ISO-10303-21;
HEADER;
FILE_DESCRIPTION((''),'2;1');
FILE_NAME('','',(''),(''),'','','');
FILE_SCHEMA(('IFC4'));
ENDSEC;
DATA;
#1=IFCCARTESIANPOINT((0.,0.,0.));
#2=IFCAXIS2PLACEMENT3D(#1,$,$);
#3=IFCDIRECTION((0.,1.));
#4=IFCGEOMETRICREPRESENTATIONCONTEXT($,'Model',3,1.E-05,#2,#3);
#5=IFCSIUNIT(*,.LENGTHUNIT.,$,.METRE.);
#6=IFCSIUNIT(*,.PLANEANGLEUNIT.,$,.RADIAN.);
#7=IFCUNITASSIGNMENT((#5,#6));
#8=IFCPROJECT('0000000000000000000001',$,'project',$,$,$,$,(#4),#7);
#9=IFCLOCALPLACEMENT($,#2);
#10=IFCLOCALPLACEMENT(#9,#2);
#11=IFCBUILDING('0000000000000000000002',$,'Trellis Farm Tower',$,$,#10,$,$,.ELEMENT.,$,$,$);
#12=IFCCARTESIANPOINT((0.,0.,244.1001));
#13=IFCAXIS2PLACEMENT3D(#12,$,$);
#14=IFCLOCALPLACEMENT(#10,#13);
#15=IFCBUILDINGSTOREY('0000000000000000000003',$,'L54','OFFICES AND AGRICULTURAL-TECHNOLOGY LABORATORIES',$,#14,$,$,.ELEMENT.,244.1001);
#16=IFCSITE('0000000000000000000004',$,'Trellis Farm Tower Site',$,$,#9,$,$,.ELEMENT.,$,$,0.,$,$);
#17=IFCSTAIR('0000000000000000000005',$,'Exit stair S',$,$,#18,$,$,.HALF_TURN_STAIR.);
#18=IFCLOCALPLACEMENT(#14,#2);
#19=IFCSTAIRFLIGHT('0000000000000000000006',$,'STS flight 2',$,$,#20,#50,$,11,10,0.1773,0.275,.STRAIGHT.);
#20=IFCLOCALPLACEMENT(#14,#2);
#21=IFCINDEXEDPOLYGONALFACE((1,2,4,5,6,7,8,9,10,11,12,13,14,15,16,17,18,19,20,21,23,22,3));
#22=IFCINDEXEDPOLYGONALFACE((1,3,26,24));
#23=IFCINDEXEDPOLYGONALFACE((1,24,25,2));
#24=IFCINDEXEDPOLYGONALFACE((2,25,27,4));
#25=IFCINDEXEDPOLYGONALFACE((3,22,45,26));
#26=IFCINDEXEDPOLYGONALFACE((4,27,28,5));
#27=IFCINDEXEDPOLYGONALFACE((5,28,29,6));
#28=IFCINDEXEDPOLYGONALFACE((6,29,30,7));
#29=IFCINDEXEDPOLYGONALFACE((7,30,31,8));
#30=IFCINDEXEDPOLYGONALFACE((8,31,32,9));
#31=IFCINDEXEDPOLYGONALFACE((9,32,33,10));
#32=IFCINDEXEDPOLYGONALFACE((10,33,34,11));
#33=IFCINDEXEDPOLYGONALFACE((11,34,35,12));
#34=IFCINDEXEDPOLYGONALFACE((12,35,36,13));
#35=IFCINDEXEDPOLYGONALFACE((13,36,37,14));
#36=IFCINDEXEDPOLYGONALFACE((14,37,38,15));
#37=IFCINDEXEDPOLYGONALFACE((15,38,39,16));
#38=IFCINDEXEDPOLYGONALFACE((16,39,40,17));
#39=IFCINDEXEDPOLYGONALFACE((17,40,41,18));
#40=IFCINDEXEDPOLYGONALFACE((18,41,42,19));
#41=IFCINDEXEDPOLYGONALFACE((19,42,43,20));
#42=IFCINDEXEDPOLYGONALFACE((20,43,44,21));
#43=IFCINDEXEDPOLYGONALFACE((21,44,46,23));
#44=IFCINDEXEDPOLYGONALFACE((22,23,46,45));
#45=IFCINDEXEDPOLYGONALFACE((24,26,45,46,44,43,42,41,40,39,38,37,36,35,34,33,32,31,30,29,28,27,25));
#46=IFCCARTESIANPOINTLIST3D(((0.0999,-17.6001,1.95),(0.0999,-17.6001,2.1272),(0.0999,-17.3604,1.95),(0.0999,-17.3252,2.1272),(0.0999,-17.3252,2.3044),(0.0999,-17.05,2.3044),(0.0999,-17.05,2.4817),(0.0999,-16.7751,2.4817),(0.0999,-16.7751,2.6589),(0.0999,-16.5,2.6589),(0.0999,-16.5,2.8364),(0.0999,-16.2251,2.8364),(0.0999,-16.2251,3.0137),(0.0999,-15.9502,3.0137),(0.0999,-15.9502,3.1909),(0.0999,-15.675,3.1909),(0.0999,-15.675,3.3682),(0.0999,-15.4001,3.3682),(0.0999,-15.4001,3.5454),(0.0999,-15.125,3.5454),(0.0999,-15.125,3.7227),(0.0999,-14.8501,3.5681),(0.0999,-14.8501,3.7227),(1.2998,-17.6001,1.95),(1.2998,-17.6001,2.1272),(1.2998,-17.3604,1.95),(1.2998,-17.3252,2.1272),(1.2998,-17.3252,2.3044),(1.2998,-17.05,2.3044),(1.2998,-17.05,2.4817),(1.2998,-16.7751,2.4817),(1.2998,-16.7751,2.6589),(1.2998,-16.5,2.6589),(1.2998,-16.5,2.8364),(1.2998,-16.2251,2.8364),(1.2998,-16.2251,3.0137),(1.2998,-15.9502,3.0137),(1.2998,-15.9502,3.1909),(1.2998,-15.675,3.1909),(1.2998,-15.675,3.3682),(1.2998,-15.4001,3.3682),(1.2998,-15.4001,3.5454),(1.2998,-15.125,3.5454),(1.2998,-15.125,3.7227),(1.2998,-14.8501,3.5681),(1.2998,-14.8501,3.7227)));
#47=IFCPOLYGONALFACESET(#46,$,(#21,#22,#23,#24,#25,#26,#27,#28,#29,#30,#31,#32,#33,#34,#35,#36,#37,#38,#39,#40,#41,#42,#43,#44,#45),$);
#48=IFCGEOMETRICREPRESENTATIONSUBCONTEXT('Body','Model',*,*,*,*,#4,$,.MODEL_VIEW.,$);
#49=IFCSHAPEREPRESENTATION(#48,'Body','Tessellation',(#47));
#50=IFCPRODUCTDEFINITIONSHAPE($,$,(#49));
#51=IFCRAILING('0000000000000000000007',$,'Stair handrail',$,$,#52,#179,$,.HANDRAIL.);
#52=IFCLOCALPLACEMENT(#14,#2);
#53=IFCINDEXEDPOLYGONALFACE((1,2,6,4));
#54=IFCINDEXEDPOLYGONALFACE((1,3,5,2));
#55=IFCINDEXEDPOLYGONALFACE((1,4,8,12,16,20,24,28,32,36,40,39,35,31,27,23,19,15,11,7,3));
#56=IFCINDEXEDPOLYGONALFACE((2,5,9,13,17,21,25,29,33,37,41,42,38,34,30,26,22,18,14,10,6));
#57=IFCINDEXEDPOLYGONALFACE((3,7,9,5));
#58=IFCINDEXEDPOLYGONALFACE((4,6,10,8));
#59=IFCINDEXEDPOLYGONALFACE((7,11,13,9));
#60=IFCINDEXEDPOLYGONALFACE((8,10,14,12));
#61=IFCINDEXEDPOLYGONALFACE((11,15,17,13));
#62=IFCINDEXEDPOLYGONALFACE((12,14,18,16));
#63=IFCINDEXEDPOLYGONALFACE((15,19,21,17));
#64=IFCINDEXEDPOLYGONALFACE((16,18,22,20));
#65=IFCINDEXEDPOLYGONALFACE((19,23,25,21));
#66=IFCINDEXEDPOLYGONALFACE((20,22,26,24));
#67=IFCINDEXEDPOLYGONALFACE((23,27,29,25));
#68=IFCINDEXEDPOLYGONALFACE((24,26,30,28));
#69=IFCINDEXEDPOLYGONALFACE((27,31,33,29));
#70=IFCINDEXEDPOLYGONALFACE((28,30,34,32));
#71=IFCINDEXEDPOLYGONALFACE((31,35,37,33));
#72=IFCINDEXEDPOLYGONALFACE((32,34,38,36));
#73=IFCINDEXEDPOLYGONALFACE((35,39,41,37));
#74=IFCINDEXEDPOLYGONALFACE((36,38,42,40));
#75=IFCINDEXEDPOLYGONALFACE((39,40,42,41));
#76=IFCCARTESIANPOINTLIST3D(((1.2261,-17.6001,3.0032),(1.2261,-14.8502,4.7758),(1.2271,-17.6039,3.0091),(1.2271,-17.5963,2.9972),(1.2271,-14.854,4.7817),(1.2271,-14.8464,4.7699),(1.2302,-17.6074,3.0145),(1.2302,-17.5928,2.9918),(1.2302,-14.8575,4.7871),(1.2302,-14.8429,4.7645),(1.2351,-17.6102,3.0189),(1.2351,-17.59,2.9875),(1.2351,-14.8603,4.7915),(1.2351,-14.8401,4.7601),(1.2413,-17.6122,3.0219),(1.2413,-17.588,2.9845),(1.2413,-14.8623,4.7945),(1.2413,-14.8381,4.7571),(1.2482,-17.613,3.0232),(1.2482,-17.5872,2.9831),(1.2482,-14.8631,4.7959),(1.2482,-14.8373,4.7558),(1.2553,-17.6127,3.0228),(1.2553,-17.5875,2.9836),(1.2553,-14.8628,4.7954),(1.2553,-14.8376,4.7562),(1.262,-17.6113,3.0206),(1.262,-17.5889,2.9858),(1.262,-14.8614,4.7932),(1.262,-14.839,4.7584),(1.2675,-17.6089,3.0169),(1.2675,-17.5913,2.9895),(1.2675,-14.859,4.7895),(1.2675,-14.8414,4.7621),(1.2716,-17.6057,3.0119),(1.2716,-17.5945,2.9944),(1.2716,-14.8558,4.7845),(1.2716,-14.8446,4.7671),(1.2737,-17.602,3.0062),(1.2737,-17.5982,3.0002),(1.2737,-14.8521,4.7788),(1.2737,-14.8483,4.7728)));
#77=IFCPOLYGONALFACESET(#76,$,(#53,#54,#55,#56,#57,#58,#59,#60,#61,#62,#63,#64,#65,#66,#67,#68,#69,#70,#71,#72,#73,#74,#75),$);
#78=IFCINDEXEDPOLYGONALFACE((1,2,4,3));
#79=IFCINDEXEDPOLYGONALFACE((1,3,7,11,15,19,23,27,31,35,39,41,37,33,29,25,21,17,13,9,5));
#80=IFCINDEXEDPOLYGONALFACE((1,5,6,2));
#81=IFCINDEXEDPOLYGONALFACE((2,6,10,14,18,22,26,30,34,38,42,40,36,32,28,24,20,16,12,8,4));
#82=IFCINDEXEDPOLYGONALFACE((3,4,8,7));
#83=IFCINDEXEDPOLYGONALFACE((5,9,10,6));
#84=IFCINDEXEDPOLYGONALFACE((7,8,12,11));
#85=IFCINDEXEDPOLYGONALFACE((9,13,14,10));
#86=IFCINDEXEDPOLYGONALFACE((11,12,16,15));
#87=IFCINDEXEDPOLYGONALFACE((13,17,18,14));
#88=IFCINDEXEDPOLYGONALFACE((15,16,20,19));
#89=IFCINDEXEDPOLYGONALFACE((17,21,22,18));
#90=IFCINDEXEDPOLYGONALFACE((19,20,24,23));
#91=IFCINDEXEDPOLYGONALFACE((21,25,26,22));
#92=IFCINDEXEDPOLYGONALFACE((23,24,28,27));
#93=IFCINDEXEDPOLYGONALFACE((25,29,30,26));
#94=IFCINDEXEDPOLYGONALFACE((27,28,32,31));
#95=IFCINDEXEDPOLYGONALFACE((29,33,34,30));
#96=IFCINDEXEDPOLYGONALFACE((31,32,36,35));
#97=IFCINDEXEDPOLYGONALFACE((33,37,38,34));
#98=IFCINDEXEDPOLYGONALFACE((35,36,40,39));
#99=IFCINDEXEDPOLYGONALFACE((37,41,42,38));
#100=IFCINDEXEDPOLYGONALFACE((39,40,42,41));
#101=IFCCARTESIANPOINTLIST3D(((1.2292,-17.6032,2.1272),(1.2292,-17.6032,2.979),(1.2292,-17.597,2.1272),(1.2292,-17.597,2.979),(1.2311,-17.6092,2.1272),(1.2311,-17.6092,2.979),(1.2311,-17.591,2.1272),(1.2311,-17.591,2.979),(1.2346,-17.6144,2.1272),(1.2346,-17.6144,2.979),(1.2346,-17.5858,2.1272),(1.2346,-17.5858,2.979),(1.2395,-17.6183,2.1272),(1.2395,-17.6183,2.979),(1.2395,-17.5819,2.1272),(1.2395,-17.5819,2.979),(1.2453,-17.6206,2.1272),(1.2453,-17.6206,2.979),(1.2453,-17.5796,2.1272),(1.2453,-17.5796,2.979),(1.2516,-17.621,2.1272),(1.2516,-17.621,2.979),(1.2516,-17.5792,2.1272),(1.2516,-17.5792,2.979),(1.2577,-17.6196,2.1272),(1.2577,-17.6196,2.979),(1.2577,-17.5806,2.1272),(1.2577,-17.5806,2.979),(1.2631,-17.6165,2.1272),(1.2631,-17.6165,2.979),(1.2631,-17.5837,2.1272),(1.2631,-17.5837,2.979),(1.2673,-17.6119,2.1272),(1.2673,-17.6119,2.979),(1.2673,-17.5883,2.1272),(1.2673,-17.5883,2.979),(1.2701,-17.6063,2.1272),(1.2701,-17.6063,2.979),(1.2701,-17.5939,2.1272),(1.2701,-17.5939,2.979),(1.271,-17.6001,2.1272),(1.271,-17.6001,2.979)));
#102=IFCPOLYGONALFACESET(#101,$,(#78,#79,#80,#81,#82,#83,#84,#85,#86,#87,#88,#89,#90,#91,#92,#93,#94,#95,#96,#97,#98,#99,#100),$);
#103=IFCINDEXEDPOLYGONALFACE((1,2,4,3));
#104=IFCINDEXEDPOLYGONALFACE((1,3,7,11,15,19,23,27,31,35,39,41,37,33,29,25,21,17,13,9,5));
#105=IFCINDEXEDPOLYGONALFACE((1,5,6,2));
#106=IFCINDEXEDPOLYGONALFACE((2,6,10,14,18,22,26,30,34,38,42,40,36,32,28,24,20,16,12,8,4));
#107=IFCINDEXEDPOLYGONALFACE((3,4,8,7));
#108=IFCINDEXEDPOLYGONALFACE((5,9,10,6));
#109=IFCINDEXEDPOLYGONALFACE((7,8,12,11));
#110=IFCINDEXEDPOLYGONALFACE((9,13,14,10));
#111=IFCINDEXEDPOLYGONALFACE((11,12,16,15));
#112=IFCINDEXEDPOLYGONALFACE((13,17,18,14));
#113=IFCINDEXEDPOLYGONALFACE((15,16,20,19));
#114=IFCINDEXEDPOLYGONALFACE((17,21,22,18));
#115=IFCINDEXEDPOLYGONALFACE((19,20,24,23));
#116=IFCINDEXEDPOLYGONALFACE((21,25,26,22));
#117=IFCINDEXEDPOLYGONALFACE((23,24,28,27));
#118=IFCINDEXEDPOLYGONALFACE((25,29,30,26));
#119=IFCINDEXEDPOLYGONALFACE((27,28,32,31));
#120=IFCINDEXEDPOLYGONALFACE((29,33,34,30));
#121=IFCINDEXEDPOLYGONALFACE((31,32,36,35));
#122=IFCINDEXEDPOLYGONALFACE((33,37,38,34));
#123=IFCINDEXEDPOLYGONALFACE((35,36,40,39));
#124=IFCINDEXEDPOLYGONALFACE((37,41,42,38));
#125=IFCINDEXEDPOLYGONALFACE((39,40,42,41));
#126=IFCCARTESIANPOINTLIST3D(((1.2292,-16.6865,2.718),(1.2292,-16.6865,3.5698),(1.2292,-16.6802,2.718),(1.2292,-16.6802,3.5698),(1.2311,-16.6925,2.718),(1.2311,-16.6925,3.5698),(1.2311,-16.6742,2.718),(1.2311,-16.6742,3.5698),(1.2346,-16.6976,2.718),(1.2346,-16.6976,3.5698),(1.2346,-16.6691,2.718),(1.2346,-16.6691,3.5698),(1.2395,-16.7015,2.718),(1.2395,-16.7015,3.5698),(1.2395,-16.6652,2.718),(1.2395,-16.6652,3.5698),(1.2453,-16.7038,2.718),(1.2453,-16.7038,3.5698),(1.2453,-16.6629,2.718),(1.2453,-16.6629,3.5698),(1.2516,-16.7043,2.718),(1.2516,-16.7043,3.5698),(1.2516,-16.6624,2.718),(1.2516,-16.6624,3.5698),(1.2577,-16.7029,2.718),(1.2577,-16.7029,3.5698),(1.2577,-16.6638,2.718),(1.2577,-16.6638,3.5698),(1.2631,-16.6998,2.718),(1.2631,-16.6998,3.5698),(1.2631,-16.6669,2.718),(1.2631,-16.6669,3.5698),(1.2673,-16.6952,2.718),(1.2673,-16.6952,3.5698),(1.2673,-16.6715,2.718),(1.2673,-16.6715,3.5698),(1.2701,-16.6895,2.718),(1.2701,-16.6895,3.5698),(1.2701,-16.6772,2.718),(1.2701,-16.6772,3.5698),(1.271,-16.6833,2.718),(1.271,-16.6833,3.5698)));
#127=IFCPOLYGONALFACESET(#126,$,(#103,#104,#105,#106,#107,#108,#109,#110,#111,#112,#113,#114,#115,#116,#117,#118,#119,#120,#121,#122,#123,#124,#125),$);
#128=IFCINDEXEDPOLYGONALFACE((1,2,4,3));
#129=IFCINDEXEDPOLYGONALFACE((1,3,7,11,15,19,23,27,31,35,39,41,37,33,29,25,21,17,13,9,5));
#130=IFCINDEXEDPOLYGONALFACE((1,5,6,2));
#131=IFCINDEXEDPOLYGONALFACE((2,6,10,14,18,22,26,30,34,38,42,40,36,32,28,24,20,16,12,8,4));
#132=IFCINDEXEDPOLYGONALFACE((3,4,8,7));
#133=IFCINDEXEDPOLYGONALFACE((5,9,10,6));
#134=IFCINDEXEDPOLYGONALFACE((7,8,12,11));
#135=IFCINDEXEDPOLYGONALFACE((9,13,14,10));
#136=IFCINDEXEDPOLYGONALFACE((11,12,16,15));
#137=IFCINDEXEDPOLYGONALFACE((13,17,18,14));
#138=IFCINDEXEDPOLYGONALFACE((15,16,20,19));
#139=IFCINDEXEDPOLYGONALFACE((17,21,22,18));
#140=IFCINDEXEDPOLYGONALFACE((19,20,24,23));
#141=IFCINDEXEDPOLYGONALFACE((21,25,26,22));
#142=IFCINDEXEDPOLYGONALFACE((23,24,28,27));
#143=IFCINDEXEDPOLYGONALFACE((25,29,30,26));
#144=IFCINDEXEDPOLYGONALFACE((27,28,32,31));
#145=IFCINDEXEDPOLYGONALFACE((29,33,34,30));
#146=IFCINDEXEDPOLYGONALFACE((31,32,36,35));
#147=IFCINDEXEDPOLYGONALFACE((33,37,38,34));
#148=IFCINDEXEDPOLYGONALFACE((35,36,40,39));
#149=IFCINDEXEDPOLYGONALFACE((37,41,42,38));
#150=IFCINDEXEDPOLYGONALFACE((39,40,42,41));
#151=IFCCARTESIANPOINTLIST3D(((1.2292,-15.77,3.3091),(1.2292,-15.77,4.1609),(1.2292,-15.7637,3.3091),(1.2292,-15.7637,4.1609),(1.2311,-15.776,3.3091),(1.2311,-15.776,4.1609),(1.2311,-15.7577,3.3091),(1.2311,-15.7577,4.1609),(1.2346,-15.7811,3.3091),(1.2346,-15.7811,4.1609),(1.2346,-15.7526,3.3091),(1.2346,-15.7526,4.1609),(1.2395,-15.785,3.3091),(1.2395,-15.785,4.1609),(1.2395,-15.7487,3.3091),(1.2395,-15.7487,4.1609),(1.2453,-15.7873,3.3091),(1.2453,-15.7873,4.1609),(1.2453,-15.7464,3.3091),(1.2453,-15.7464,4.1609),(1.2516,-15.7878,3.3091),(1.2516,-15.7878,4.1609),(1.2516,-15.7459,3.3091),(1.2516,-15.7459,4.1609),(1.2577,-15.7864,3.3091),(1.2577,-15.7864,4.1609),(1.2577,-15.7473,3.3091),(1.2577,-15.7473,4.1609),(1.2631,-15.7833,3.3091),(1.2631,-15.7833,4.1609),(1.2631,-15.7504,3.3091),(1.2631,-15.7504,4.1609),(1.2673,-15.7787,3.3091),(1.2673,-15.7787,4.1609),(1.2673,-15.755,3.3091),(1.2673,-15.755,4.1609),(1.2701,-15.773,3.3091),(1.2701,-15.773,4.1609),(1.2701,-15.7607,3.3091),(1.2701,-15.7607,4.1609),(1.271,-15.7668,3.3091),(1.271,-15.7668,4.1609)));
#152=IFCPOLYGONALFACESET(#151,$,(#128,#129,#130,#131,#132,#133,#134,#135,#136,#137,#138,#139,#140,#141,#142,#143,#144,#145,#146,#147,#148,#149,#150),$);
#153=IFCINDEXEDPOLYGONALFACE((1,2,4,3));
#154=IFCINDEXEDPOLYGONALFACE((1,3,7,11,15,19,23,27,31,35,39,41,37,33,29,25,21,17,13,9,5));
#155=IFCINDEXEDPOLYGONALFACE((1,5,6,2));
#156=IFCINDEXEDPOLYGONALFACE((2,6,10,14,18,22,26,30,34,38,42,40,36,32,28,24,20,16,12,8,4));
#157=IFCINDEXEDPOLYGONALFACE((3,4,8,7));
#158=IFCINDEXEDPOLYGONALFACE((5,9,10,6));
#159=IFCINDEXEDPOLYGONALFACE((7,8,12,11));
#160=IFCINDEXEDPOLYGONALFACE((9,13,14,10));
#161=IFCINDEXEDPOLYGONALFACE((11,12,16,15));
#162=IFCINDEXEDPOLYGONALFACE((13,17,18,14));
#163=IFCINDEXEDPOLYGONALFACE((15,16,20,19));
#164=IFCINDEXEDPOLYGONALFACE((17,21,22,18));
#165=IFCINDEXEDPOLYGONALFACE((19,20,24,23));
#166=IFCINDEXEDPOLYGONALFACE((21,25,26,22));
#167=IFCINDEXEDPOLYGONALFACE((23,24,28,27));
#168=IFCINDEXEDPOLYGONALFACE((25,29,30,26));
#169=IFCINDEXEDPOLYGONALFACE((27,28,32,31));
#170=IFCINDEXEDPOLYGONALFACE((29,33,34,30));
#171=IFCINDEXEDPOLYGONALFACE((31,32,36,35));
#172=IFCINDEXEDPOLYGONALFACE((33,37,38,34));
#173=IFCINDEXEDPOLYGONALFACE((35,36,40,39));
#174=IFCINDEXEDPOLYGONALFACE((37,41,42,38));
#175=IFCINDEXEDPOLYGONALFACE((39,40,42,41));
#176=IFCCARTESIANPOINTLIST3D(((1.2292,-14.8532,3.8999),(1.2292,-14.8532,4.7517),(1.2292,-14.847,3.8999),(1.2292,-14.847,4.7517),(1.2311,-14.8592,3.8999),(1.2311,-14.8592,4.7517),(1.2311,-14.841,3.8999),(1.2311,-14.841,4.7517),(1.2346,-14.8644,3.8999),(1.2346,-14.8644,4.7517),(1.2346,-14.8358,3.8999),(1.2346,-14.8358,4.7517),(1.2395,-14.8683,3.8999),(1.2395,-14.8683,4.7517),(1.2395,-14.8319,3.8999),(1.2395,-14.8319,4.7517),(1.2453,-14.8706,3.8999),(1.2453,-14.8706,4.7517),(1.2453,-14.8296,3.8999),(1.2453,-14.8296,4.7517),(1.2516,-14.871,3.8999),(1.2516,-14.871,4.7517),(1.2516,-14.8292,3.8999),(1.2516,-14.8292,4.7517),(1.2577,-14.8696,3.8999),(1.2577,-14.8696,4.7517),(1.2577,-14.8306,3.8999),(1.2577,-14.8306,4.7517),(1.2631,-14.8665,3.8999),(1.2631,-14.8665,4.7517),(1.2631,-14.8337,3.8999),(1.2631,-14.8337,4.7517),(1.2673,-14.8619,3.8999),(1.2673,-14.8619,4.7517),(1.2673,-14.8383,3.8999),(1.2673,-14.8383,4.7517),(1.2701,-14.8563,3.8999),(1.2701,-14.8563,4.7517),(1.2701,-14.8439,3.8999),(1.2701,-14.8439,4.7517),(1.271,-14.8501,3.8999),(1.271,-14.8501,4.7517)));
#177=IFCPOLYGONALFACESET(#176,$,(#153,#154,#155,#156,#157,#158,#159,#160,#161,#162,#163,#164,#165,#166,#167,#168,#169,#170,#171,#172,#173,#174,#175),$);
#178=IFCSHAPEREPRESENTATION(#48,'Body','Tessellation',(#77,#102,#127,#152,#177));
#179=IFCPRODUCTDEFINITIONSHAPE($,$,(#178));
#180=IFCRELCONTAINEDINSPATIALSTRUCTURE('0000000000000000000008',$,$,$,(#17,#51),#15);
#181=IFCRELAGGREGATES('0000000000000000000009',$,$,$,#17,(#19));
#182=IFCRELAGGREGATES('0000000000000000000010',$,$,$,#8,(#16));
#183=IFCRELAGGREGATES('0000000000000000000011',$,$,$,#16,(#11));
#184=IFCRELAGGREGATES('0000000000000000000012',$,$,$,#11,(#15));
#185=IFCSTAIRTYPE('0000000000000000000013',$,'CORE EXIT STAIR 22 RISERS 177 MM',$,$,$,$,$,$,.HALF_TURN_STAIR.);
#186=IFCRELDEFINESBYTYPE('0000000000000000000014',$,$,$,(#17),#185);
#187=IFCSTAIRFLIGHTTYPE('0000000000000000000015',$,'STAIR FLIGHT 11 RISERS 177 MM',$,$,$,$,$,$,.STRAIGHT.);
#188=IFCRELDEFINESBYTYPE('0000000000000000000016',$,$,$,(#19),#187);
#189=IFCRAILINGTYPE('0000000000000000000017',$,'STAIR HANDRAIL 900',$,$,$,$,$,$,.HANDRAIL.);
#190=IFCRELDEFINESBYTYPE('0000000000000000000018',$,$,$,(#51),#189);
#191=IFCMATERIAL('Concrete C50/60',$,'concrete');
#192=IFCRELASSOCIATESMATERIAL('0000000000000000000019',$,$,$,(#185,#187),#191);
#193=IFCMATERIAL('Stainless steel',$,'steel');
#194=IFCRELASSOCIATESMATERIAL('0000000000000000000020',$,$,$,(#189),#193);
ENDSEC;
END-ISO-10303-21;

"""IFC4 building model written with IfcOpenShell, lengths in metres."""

from ifc_helpers import new_model, si_unit, direction, frame, origin, origin_2d, place, context, subcontext, project, spatial, polyline, circle, outline, extrude, source, transform, mapped, material, type_object, element, aggregate, save


model = new_model("IFC4")

# Units and contexts
model_context = context("Model", 3, precision=1e-05, world=origin(), true_north=direction((0.0, 1.0)))
body_context = subcontext(model_context, "Body", "Model", "MODEL_VIEW")
ifc_project = project(units=[si_unit("LENGTHUNIT", "METRE"), si_unit("PLANEANGLEUNIT", "RADIAN")], contexts=[model_context])

# Site, building, storey
site_placement = place(None, origin())
site = spatial("IfcSite", under=ifc_project, at=site_placement, Name="Trellis Farm Tower Site", CompositionType="ELEMENT", RefElevation=0.0)
building_placement = place(site_placement, origin())
building = spatial("IfcBuilding", under=site, at=building_placement, Name="Trellis Farm Tower", CompositionType="ELEMENT")
storey_placement = place(building_placement, frame((0.0, 0.0, 244.1001)))
storey = spatial("IfcBuildingStorey", under=building, at=storey_placement, Name="L54", Description="OFFICES AND AGRICULTURAL-TECHNOLOGY LABORATORIES", CompositionType="ELEMENT", Elevation=244.1001)

# Shared definitions
placement_1 = place(storey_placement, origin())

# Stair, stair flight
ifc_material_1 = material(Name="Concrete C50/60", Category="concrete")
stair_type = type_object("IfcStairType", Name="CORE EXIT STAIR 22 RISERS 177 MM", PredefinedType="HALF_TURN_STAIR", material=ifc_material_1)
stair = element("IfcStair", 1, at=placement_1, inside=storey, type_object=stair_type, Name="Exit stair S", PredefinedType="HALF_TURN_STAIR")
stair_flight_type = type_object("IfcStairFlightType", Name="STAIR FLIGHT 11 RISERS 177 MM", PredefinedType="STRAIGHT", material=ifc_material_1)
shared_shape_1 = source(origin(), body_context, "Body", "SweptSolid", [
    extrude(outline(polyline([(0.0, 0.0), (0.0, 0.1772), (0.2749, 0.1772), (0.2749, 0.3545), (0.55, 0.3545), (0.55, 0.5317), (0.825, 0.5317), (0.825, 0.709), (1.1001, 0.709), (1.1001, 0.8865), (1.375, 0.8865), (1.375, 1.0637), (1.6499, 1.0637), (1.6499, 1.241), (1.925, 1.241), (1.925, 1.4182), (2.2, 1.4182), (2.2, 1.5955), (2.4751, 1.5955), (2.4751, 1.7727), (2.75, 1.7727), (2.75, 1.95), (2.75, 1.6182), (0.2397, 0.0), (0.0, 0.0)])), frame((0.0, 0.6001, 0.0), z_axis=(0.0, -1.0, 0.0), x_axis=(1.0, 0.0, 0.0)), (0.0, 0.0, 1.0), 1.2),
])
stair_flight_placement = place(storey_placement, frame((0.7, -17.6001, 1.95), z_axis=(0.0, 0.0, 1.0), x_axis=(0.0, 1.0, 0.0)))
stair_flight = element("IfcStairFlight", 2, at=stair_flight_placement, type_object=stair_flight_type, Name="STS flight 2", NumberOfRisers=11, NumberOfTreads=10, PredefinedType="STRAIGHT", RiserHeight=0.1773, TreadLength=0.275, context=body_context, shape_type="MappedRepresentation", body=[
    mapped(shared_shape_1, transform((0.0, 0.0, 0.0))),
])
aggregate(stair, [stair_flight])

# Railing
ifc_material_2 = material(Name="Stainless steel", Category="steel")
railing_type = type_object("IfcRailingType", Name="STAIR HANDRAIL 900", PredefinedType="HANDRAIL", material=ifc_material_2)
shared_shape_2 = source(origin(), body_context, "Body", "SweptSolid", [
    extrude(circle(Radius=0.0239, at=origin_2d()), frame((0.0, 0.0, 0.876), z_axis=(0.0, 0.840504, 0.541806), x_axis=(-1.0, 0.0, 0.0)), (0.0, 0.0, 1.0), 3.2717),
    extrude(circle(Radius=0.021, at=origin_2d()), origin(), (0.0, 0.0, 1.0), 0.8518),
    extrude(circle(Radius=0.021, at=origin_2d()), frame((0.0, 0.9167, 0.5908)), (0.0, 0.0, 1.0), 0.8518),
    extrude(circle(Radius=0.021, at=origin_2d()), frame((0.0, 1.8333, 1.1819)), (0.0, 0.0, 1.0), 0.8518),
    extrude(circle(Radius=0.021, at=origin_2d()), frame((0.0, 2.75, 1.7727)), (0.0, 0.0, 1.0), 0.8518),
])
railing_placement = place(storey_placement, frame((1.25, -17.6001, 2.1272)))
element("IfcRailing", 3, at=railing_placement, inside=storey, type_object=railing_type, Name="Stair handrail", PredefinedType="HANDRAIL", context=body_context, shape_type="MappedRepresentation", body=[
    mapped(shared_shape_2, transform((0.0, 0.0, 0.0))),
])

save(model, "model.ifc")
